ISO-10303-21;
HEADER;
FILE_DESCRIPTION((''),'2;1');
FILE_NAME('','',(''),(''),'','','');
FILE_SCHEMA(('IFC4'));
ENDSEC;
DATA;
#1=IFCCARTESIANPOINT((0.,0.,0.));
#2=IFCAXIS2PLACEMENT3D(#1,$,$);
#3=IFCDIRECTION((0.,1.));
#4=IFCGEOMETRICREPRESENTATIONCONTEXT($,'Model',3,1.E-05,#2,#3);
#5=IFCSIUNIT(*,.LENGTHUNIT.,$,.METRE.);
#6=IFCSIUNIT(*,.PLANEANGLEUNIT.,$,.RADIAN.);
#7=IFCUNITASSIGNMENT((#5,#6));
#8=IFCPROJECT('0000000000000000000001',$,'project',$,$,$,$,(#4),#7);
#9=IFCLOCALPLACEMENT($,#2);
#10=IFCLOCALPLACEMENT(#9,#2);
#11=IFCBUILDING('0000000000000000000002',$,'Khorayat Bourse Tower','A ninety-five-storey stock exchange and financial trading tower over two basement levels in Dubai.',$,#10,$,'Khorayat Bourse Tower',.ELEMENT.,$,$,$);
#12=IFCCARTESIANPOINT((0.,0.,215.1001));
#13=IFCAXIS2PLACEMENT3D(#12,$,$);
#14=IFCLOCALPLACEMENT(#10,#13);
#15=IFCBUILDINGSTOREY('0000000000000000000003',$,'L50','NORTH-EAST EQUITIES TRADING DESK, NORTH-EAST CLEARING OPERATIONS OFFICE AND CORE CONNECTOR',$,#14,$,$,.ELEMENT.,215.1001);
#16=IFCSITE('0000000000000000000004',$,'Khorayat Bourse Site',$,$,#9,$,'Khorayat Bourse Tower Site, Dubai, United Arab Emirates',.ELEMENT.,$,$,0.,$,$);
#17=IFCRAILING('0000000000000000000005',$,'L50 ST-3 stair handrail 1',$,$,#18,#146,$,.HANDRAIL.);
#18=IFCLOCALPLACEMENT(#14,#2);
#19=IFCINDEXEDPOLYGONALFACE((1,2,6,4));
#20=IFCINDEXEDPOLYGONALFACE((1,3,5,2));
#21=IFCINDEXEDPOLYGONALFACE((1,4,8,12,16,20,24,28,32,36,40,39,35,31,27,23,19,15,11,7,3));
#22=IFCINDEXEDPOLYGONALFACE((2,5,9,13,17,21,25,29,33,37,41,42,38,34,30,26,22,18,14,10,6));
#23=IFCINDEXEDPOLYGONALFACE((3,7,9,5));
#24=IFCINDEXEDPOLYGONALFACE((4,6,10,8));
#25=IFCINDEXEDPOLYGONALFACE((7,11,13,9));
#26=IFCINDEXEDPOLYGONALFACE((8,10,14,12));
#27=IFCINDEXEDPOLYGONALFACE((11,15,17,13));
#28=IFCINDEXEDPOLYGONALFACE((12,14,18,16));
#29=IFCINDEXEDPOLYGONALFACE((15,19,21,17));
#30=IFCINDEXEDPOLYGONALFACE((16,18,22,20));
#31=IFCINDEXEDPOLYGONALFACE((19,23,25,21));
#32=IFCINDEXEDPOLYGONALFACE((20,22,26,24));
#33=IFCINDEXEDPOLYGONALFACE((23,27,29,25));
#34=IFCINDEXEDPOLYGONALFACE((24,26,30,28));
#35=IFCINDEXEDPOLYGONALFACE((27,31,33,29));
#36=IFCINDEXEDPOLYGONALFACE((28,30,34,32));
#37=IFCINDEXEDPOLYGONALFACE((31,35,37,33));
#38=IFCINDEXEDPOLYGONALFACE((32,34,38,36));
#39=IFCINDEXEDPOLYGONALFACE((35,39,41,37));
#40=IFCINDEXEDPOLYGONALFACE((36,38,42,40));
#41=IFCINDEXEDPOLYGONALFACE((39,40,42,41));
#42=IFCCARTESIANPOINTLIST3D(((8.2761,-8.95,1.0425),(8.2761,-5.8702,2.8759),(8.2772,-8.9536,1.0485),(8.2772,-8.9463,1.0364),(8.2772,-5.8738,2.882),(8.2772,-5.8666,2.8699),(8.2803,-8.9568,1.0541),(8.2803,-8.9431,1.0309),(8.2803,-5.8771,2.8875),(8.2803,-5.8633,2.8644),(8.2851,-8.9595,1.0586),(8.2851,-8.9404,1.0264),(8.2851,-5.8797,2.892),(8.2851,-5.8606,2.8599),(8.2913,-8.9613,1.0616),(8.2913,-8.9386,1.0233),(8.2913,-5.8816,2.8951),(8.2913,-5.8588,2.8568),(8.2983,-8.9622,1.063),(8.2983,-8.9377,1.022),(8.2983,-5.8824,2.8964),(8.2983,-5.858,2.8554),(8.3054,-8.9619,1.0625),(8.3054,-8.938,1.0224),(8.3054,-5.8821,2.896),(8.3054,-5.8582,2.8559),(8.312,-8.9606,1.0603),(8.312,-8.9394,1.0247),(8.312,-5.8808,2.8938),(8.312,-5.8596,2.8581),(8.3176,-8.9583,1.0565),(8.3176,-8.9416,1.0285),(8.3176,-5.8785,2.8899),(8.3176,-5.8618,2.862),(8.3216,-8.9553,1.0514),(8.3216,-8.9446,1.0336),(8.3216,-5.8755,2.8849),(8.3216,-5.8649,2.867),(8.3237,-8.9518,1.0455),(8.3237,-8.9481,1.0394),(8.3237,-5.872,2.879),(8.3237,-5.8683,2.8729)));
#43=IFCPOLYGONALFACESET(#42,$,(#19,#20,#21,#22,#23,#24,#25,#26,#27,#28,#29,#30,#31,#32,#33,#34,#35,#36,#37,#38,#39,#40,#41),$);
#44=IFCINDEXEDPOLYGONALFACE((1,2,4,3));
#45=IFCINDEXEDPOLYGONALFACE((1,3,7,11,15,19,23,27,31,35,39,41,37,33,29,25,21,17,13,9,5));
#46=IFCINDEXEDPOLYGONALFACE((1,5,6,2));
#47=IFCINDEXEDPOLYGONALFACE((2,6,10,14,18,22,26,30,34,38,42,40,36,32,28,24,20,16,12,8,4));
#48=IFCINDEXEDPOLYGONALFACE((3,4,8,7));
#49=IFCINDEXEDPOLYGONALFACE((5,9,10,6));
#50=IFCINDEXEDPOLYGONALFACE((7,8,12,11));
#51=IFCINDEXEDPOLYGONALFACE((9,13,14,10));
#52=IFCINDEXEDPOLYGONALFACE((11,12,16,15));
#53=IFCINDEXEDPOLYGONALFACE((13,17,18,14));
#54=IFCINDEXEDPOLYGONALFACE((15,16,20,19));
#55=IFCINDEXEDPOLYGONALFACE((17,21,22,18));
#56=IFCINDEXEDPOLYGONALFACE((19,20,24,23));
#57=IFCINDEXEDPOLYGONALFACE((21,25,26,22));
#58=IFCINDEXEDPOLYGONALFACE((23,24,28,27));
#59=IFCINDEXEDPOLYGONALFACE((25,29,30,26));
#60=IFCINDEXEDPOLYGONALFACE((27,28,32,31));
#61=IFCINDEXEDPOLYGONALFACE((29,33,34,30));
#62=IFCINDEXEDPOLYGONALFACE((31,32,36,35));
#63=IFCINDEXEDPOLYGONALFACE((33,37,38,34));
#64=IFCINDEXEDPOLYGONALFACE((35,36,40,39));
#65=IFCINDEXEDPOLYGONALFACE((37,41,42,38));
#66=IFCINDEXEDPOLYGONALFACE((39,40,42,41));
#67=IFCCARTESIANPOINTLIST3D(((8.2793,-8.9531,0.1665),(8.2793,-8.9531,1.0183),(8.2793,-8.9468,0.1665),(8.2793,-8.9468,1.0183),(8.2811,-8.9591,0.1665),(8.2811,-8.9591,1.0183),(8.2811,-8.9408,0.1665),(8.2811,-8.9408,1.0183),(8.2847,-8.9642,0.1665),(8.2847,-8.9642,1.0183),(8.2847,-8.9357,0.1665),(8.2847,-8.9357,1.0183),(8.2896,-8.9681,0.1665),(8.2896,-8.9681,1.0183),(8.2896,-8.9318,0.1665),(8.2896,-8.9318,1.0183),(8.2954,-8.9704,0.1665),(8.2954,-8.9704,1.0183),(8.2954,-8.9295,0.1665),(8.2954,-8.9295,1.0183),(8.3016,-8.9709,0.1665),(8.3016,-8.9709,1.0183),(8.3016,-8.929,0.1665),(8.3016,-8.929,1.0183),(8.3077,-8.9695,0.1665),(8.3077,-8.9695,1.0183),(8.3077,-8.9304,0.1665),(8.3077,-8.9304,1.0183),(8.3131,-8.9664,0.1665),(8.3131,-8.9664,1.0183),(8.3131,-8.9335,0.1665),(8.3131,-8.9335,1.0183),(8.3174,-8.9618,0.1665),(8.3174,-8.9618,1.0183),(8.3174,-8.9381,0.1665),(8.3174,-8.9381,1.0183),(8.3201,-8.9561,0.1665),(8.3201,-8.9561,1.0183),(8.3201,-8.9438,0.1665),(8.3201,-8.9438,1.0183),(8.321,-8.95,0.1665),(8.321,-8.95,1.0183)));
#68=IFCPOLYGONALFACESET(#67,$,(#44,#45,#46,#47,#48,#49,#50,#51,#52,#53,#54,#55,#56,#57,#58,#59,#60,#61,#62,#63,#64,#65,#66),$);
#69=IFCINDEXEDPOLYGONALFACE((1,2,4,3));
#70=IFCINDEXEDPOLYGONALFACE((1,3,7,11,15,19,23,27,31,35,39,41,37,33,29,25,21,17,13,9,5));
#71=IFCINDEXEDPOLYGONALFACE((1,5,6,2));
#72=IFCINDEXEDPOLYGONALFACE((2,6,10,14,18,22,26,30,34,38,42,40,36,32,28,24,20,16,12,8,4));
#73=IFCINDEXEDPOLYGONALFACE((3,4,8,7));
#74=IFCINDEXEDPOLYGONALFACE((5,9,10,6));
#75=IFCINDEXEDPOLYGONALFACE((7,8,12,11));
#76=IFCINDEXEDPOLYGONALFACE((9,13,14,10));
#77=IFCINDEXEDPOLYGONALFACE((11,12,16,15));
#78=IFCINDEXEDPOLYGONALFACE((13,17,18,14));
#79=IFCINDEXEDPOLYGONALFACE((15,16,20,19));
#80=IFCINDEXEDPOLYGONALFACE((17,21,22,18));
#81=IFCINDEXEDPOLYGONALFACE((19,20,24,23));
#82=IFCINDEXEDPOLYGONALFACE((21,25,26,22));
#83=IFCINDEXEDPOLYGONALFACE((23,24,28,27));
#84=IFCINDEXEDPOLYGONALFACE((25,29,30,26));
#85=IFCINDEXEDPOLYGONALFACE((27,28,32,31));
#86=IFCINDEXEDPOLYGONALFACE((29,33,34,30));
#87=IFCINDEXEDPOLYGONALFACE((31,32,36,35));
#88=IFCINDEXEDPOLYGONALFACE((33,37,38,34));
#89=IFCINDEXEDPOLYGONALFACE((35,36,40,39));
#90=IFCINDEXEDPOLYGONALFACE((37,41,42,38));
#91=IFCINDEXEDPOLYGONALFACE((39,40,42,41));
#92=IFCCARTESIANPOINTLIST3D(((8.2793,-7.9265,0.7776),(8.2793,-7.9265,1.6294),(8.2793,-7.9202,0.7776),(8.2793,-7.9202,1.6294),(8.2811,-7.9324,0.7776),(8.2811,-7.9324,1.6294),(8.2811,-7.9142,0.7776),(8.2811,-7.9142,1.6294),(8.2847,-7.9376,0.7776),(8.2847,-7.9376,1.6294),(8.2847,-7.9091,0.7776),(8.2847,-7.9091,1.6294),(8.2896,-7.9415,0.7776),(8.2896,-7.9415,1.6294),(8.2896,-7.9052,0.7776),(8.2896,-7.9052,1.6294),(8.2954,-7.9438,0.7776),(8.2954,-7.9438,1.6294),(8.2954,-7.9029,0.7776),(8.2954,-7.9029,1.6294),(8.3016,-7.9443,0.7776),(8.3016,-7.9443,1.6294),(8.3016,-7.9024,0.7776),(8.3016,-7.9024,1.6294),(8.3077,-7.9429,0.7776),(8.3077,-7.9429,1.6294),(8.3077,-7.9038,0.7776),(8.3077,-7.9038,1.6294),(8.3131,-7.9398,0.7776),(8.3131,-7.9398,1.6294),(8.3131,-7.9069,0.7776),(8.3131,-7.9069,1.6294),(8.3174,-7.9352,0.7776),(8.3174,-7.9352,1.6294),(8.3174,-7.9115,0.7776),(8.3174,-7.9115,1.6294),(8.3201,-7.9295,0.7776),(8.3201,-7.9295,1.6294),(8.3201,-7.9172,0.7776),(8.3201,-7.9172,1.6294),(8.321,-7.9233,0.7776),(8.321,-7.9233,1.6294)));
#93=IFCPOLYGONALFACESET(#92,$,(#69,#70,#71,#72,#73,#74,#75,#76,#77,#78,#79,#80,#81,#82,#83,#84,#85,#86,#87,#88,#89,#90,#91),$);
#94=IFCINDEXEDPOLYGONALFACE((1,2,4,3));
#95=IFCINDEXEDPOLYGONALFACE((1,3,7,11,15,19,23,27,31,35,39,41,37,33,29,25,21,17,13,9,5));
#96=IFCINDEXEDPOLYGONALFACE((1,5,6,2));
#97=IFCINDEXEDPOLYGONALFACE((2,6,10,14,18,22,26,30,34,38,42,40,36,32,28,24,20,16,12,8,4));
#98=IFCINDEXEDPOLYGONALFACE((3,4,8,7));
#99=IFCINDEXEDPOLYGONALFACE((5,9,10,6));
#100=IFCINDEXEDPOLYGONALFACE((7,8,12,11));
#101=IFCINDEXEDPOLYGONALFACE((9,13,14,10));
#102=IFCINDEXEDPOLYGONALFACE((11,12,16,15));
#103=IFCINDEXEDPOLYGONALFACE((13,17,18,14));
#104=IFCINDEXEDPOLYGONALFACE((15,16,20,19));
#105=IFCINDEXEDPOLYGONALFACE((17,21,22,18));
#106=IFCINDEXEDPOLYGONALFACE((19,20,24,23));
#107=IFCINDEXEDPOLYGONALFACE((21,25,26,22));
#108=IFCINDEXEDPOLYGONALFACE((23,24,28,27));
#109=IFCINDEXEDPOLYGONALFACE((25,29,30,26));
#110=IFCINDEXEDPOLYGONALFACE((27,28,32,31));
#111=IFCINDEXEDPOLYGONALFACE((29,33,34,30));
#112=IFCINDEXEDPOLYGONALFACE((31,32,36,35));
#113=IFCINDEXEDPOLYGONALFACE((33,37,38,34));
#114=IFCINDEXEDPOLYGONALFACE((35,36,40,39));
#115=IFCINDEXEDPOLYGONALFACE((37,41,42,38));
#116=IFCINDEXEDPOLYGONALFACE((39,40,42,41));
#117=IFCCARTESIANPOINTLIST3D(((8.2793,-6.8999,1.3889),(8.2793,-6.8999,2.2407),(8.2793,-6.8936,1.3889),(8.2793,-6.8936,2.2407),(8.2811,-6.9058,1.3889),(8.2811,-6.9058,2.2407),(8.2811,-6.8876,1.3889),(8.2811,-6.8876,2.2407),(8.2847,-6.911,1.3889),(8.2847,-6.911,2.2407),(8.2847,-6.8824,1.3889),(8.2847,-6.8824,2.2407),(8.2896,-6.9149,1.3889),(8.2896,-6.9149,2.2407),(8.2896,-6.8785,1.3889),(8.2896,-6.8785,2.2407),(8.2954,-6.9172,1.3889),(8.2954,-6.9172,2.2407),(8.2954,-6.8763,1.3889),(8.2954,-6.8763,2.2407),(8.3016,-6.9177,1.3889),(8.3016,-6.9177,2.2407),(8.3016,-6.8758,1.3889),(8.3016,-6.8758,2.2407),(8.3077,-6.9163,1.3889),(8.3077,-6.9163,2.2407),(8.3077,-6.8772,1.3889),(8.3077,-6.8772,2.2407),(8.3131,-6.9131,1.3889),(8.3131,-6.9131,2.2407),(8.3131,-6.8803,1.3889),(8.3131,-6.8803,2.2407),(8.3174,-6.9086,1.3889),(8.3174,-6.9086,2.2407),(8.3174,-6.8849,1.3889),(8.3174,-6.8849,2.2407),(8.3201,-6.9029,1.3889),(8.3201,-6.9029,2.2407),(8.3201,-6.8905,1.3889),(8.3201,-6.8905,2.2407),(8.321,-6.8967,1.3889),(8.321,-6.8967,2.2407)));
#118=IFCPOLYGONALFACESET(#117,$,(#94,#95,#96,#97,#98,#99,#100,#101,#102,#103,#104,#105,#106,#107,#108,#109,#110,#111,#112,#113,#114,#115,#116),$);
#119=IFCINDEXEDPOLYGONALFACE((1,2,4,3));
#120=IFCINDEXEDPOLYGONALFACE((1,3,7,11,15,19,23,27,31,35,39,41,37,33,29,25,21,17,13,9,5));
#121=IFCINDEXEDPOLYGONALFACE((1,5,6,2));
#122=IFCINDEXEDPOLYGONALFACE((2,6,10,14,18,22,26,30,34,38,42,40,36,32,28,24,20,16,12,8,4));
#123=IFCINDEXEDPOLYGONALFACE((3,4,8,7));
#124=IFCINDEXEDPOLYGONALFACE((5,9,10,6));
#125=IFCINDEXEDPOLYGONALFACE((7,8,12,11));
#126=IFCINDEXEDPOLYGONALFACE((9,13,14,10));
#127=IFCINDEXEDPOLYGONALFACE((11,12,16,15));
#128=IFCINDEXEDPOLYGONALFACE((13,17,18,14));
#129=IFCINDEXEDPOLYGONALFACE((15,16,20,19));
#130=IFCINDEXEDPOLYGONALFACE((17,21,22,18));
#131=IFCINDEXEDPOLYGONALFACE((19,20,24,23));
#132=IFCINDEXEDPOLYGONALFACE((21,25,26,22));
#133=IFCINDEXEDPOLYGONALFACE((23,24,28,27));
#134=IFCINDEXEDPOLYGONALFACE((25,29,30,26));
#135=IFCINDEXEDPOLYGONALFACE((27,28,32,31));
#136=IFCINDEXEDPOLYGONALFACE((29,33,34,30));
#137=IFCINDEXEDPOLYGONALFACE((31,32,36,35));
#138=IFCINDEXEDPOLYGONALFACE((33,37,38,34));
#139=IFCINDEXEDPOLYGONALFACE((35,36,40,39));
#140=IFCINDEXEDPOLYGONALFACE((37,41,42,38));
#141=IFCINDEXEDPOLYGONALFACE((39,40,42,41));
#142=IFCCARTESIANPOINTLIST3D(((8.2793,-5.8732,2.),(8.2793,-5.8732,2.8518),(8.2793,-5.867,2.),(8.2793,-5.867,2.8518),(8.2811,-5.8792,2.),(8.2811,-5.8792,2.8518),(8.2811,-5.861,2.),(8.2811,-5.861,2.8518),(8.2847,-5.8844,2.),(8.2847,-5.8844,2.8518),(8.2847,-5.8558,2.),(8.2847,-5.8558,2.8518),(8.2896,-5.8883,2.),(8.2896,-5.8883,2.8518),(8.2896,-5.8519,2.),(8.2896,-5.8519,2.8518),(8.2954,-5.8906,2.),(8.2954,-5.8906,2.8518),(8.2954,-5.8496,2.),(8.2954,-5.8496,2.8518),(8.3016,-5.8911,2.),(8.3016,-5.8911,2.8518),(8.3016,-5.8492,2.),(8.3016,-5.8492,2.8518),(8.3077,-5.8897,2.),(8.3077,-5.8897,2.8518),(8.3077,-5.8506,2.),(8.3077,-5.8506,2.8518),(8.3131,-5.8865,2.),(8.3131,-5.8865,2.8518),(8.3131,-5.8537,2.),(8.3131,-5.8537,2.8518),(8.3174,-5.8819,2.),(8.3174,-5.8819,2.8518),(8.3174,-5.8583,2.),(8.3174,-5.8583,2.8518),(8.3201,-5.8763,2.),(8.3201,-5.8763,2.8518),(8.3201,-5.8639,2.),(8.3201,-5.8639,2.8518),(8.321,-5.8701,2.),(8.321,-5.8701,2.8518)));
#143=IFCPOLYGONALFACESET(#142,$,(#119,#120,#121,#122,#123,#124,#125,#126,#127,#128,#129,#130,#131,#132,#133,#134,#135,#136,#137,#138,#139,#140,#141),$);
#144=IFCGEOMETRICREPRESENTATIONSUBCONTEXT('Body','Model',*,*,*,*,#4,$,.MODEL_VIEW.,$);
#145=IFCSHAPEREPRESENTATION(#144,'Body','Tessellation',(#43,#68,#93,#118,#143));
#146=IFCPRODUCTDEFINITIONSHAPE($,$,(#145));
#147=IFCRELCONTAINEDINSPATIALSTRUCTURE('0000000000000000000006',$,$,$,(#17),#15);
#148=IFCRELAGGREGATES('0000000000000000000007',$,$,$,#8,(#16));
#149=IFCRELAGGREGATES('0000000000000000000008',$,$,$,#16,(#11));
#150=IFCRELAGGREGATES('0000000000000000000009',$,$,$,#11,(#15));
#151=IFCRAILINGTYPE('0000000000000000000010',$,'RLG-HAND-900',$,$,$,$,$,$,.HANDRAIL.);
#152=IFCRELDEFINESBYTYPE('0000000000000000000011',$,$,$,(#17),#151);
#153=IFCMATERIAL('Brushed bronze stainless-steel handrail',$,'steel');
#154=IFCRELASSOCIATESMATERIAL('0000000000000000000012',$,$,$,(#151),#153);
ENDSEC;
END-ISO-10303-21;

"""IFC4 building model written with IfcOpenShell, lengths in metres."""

from ifc_helpers import new_model, si_unit, direction, frame, origin, origin_2d, place, context, subcontext, project, spatial, circle, extrude, source, transform, mapped, material, type_object, element, save


model = new_model("IFC4")

# Units and contexts
model_context = context("Model", 3, precision=1e-05, world=origin(), true_north=direction((0.0, 1.0)))
body_context = subcontext(model_context, "Body", "Model", "MODEL_VIEW")
ifc_project = project(units=[si_unit("LENGTHUNIT", "METRE"), si_unit("PLANEANGLEUNIT", "RADIAN")], contexts=[model_context])

# Site, building, storey
site_placement = place(None, origin())
site = spatial("IfcSite", under=ifc_project, at=site_placement, Name="Khorayat Bourse Site", LongName="Khorayat Bourse Tower Site, Dubai, United Arab Emirates", CompositionType="ELEMENT", RefElevation=0.0)
building_placement = place(site_placement, origin())
building = spatial("IfcBuilding", under=site, at=building_placement, Name="Khorayat Bourse Tower", Description="A ninety-five-storey stock exchange and financial trading tower over two basement levels in Dubai.", LongName="Khorayat Bourse Tower", CompositionType="ELEMENT")
storey_placement = place(building_placement, frame((0.0, 0.0, 215.1001)))
storey = spatial("IfcBuildingStorey", under=building, at=storey_placement, Name="L50", Description="NORTH-EAST EQUITIES TRADING DESK, NORTH-EAST CLEARING OPERATIONS OFFICE AND CORE CONNECTOR", CompositionType="ELEMENT", Elevation=215.1001)

# Railing
ifc_material_1 = material(Name="Brushed bronze stainless-steel handrail", Category="steel")
railing_type_1 = type_object("IfcRailingType", Name="RLG-HAND-900", PredefinedType="HANDRAIL", material=ifc_material_1)
shared_shape_1 = source(origin(), body_context, "Body", "SweptSolid", [
    extrude(circle(Radius=0.0239, at=origin_2d()), frame((0.0, 0.0, 0.876), z_axis=(0.0, 0.859261, 0.511538), x_axis=(-1.0, 0.0, 0.0)), (0.0, 0.0, 1.0), 3.5842),
    extrude(circle(Radius=0.021, at=origin_2d()), origin(), (0.0, 0.0, 1.0), 0.8518),
    extrude(circle(Radius=0.021, at=origin_2d()), frame((0.0, 1.0266, 0.6111)), (0.0, 0.0, 1.0), 0.8518),
    extrude(circle(Radius=0.021, at=origin_2d()), frame((0.0, 2.0532, 1.2224)), (0.0, 0.0, 1.0), 0.8518),
    extrude(circle(Radius=0.021, at=origin_2d()), frame((0.0, 3.0798, 1.8335)), (0.0, 0.0, 1.0), 0.8518),
])
railing_1_placement = place(storey_placement, frame((8.3, -8.95, 0.1665)))
element("IfcRailing", 1, at=railing_1_placement, inside=storey, type_object=railing_type_1, Name="L50 ST-3 stair handrail 1", PredefinedType="HANDRAIL", context=body_context, shape_type="MappedRepresentation", body=[
    mapped(shared_shape_1, transform((0.0, 0.0, 0.0), scale=1.0)),
])

save(model, "model.ifc")
